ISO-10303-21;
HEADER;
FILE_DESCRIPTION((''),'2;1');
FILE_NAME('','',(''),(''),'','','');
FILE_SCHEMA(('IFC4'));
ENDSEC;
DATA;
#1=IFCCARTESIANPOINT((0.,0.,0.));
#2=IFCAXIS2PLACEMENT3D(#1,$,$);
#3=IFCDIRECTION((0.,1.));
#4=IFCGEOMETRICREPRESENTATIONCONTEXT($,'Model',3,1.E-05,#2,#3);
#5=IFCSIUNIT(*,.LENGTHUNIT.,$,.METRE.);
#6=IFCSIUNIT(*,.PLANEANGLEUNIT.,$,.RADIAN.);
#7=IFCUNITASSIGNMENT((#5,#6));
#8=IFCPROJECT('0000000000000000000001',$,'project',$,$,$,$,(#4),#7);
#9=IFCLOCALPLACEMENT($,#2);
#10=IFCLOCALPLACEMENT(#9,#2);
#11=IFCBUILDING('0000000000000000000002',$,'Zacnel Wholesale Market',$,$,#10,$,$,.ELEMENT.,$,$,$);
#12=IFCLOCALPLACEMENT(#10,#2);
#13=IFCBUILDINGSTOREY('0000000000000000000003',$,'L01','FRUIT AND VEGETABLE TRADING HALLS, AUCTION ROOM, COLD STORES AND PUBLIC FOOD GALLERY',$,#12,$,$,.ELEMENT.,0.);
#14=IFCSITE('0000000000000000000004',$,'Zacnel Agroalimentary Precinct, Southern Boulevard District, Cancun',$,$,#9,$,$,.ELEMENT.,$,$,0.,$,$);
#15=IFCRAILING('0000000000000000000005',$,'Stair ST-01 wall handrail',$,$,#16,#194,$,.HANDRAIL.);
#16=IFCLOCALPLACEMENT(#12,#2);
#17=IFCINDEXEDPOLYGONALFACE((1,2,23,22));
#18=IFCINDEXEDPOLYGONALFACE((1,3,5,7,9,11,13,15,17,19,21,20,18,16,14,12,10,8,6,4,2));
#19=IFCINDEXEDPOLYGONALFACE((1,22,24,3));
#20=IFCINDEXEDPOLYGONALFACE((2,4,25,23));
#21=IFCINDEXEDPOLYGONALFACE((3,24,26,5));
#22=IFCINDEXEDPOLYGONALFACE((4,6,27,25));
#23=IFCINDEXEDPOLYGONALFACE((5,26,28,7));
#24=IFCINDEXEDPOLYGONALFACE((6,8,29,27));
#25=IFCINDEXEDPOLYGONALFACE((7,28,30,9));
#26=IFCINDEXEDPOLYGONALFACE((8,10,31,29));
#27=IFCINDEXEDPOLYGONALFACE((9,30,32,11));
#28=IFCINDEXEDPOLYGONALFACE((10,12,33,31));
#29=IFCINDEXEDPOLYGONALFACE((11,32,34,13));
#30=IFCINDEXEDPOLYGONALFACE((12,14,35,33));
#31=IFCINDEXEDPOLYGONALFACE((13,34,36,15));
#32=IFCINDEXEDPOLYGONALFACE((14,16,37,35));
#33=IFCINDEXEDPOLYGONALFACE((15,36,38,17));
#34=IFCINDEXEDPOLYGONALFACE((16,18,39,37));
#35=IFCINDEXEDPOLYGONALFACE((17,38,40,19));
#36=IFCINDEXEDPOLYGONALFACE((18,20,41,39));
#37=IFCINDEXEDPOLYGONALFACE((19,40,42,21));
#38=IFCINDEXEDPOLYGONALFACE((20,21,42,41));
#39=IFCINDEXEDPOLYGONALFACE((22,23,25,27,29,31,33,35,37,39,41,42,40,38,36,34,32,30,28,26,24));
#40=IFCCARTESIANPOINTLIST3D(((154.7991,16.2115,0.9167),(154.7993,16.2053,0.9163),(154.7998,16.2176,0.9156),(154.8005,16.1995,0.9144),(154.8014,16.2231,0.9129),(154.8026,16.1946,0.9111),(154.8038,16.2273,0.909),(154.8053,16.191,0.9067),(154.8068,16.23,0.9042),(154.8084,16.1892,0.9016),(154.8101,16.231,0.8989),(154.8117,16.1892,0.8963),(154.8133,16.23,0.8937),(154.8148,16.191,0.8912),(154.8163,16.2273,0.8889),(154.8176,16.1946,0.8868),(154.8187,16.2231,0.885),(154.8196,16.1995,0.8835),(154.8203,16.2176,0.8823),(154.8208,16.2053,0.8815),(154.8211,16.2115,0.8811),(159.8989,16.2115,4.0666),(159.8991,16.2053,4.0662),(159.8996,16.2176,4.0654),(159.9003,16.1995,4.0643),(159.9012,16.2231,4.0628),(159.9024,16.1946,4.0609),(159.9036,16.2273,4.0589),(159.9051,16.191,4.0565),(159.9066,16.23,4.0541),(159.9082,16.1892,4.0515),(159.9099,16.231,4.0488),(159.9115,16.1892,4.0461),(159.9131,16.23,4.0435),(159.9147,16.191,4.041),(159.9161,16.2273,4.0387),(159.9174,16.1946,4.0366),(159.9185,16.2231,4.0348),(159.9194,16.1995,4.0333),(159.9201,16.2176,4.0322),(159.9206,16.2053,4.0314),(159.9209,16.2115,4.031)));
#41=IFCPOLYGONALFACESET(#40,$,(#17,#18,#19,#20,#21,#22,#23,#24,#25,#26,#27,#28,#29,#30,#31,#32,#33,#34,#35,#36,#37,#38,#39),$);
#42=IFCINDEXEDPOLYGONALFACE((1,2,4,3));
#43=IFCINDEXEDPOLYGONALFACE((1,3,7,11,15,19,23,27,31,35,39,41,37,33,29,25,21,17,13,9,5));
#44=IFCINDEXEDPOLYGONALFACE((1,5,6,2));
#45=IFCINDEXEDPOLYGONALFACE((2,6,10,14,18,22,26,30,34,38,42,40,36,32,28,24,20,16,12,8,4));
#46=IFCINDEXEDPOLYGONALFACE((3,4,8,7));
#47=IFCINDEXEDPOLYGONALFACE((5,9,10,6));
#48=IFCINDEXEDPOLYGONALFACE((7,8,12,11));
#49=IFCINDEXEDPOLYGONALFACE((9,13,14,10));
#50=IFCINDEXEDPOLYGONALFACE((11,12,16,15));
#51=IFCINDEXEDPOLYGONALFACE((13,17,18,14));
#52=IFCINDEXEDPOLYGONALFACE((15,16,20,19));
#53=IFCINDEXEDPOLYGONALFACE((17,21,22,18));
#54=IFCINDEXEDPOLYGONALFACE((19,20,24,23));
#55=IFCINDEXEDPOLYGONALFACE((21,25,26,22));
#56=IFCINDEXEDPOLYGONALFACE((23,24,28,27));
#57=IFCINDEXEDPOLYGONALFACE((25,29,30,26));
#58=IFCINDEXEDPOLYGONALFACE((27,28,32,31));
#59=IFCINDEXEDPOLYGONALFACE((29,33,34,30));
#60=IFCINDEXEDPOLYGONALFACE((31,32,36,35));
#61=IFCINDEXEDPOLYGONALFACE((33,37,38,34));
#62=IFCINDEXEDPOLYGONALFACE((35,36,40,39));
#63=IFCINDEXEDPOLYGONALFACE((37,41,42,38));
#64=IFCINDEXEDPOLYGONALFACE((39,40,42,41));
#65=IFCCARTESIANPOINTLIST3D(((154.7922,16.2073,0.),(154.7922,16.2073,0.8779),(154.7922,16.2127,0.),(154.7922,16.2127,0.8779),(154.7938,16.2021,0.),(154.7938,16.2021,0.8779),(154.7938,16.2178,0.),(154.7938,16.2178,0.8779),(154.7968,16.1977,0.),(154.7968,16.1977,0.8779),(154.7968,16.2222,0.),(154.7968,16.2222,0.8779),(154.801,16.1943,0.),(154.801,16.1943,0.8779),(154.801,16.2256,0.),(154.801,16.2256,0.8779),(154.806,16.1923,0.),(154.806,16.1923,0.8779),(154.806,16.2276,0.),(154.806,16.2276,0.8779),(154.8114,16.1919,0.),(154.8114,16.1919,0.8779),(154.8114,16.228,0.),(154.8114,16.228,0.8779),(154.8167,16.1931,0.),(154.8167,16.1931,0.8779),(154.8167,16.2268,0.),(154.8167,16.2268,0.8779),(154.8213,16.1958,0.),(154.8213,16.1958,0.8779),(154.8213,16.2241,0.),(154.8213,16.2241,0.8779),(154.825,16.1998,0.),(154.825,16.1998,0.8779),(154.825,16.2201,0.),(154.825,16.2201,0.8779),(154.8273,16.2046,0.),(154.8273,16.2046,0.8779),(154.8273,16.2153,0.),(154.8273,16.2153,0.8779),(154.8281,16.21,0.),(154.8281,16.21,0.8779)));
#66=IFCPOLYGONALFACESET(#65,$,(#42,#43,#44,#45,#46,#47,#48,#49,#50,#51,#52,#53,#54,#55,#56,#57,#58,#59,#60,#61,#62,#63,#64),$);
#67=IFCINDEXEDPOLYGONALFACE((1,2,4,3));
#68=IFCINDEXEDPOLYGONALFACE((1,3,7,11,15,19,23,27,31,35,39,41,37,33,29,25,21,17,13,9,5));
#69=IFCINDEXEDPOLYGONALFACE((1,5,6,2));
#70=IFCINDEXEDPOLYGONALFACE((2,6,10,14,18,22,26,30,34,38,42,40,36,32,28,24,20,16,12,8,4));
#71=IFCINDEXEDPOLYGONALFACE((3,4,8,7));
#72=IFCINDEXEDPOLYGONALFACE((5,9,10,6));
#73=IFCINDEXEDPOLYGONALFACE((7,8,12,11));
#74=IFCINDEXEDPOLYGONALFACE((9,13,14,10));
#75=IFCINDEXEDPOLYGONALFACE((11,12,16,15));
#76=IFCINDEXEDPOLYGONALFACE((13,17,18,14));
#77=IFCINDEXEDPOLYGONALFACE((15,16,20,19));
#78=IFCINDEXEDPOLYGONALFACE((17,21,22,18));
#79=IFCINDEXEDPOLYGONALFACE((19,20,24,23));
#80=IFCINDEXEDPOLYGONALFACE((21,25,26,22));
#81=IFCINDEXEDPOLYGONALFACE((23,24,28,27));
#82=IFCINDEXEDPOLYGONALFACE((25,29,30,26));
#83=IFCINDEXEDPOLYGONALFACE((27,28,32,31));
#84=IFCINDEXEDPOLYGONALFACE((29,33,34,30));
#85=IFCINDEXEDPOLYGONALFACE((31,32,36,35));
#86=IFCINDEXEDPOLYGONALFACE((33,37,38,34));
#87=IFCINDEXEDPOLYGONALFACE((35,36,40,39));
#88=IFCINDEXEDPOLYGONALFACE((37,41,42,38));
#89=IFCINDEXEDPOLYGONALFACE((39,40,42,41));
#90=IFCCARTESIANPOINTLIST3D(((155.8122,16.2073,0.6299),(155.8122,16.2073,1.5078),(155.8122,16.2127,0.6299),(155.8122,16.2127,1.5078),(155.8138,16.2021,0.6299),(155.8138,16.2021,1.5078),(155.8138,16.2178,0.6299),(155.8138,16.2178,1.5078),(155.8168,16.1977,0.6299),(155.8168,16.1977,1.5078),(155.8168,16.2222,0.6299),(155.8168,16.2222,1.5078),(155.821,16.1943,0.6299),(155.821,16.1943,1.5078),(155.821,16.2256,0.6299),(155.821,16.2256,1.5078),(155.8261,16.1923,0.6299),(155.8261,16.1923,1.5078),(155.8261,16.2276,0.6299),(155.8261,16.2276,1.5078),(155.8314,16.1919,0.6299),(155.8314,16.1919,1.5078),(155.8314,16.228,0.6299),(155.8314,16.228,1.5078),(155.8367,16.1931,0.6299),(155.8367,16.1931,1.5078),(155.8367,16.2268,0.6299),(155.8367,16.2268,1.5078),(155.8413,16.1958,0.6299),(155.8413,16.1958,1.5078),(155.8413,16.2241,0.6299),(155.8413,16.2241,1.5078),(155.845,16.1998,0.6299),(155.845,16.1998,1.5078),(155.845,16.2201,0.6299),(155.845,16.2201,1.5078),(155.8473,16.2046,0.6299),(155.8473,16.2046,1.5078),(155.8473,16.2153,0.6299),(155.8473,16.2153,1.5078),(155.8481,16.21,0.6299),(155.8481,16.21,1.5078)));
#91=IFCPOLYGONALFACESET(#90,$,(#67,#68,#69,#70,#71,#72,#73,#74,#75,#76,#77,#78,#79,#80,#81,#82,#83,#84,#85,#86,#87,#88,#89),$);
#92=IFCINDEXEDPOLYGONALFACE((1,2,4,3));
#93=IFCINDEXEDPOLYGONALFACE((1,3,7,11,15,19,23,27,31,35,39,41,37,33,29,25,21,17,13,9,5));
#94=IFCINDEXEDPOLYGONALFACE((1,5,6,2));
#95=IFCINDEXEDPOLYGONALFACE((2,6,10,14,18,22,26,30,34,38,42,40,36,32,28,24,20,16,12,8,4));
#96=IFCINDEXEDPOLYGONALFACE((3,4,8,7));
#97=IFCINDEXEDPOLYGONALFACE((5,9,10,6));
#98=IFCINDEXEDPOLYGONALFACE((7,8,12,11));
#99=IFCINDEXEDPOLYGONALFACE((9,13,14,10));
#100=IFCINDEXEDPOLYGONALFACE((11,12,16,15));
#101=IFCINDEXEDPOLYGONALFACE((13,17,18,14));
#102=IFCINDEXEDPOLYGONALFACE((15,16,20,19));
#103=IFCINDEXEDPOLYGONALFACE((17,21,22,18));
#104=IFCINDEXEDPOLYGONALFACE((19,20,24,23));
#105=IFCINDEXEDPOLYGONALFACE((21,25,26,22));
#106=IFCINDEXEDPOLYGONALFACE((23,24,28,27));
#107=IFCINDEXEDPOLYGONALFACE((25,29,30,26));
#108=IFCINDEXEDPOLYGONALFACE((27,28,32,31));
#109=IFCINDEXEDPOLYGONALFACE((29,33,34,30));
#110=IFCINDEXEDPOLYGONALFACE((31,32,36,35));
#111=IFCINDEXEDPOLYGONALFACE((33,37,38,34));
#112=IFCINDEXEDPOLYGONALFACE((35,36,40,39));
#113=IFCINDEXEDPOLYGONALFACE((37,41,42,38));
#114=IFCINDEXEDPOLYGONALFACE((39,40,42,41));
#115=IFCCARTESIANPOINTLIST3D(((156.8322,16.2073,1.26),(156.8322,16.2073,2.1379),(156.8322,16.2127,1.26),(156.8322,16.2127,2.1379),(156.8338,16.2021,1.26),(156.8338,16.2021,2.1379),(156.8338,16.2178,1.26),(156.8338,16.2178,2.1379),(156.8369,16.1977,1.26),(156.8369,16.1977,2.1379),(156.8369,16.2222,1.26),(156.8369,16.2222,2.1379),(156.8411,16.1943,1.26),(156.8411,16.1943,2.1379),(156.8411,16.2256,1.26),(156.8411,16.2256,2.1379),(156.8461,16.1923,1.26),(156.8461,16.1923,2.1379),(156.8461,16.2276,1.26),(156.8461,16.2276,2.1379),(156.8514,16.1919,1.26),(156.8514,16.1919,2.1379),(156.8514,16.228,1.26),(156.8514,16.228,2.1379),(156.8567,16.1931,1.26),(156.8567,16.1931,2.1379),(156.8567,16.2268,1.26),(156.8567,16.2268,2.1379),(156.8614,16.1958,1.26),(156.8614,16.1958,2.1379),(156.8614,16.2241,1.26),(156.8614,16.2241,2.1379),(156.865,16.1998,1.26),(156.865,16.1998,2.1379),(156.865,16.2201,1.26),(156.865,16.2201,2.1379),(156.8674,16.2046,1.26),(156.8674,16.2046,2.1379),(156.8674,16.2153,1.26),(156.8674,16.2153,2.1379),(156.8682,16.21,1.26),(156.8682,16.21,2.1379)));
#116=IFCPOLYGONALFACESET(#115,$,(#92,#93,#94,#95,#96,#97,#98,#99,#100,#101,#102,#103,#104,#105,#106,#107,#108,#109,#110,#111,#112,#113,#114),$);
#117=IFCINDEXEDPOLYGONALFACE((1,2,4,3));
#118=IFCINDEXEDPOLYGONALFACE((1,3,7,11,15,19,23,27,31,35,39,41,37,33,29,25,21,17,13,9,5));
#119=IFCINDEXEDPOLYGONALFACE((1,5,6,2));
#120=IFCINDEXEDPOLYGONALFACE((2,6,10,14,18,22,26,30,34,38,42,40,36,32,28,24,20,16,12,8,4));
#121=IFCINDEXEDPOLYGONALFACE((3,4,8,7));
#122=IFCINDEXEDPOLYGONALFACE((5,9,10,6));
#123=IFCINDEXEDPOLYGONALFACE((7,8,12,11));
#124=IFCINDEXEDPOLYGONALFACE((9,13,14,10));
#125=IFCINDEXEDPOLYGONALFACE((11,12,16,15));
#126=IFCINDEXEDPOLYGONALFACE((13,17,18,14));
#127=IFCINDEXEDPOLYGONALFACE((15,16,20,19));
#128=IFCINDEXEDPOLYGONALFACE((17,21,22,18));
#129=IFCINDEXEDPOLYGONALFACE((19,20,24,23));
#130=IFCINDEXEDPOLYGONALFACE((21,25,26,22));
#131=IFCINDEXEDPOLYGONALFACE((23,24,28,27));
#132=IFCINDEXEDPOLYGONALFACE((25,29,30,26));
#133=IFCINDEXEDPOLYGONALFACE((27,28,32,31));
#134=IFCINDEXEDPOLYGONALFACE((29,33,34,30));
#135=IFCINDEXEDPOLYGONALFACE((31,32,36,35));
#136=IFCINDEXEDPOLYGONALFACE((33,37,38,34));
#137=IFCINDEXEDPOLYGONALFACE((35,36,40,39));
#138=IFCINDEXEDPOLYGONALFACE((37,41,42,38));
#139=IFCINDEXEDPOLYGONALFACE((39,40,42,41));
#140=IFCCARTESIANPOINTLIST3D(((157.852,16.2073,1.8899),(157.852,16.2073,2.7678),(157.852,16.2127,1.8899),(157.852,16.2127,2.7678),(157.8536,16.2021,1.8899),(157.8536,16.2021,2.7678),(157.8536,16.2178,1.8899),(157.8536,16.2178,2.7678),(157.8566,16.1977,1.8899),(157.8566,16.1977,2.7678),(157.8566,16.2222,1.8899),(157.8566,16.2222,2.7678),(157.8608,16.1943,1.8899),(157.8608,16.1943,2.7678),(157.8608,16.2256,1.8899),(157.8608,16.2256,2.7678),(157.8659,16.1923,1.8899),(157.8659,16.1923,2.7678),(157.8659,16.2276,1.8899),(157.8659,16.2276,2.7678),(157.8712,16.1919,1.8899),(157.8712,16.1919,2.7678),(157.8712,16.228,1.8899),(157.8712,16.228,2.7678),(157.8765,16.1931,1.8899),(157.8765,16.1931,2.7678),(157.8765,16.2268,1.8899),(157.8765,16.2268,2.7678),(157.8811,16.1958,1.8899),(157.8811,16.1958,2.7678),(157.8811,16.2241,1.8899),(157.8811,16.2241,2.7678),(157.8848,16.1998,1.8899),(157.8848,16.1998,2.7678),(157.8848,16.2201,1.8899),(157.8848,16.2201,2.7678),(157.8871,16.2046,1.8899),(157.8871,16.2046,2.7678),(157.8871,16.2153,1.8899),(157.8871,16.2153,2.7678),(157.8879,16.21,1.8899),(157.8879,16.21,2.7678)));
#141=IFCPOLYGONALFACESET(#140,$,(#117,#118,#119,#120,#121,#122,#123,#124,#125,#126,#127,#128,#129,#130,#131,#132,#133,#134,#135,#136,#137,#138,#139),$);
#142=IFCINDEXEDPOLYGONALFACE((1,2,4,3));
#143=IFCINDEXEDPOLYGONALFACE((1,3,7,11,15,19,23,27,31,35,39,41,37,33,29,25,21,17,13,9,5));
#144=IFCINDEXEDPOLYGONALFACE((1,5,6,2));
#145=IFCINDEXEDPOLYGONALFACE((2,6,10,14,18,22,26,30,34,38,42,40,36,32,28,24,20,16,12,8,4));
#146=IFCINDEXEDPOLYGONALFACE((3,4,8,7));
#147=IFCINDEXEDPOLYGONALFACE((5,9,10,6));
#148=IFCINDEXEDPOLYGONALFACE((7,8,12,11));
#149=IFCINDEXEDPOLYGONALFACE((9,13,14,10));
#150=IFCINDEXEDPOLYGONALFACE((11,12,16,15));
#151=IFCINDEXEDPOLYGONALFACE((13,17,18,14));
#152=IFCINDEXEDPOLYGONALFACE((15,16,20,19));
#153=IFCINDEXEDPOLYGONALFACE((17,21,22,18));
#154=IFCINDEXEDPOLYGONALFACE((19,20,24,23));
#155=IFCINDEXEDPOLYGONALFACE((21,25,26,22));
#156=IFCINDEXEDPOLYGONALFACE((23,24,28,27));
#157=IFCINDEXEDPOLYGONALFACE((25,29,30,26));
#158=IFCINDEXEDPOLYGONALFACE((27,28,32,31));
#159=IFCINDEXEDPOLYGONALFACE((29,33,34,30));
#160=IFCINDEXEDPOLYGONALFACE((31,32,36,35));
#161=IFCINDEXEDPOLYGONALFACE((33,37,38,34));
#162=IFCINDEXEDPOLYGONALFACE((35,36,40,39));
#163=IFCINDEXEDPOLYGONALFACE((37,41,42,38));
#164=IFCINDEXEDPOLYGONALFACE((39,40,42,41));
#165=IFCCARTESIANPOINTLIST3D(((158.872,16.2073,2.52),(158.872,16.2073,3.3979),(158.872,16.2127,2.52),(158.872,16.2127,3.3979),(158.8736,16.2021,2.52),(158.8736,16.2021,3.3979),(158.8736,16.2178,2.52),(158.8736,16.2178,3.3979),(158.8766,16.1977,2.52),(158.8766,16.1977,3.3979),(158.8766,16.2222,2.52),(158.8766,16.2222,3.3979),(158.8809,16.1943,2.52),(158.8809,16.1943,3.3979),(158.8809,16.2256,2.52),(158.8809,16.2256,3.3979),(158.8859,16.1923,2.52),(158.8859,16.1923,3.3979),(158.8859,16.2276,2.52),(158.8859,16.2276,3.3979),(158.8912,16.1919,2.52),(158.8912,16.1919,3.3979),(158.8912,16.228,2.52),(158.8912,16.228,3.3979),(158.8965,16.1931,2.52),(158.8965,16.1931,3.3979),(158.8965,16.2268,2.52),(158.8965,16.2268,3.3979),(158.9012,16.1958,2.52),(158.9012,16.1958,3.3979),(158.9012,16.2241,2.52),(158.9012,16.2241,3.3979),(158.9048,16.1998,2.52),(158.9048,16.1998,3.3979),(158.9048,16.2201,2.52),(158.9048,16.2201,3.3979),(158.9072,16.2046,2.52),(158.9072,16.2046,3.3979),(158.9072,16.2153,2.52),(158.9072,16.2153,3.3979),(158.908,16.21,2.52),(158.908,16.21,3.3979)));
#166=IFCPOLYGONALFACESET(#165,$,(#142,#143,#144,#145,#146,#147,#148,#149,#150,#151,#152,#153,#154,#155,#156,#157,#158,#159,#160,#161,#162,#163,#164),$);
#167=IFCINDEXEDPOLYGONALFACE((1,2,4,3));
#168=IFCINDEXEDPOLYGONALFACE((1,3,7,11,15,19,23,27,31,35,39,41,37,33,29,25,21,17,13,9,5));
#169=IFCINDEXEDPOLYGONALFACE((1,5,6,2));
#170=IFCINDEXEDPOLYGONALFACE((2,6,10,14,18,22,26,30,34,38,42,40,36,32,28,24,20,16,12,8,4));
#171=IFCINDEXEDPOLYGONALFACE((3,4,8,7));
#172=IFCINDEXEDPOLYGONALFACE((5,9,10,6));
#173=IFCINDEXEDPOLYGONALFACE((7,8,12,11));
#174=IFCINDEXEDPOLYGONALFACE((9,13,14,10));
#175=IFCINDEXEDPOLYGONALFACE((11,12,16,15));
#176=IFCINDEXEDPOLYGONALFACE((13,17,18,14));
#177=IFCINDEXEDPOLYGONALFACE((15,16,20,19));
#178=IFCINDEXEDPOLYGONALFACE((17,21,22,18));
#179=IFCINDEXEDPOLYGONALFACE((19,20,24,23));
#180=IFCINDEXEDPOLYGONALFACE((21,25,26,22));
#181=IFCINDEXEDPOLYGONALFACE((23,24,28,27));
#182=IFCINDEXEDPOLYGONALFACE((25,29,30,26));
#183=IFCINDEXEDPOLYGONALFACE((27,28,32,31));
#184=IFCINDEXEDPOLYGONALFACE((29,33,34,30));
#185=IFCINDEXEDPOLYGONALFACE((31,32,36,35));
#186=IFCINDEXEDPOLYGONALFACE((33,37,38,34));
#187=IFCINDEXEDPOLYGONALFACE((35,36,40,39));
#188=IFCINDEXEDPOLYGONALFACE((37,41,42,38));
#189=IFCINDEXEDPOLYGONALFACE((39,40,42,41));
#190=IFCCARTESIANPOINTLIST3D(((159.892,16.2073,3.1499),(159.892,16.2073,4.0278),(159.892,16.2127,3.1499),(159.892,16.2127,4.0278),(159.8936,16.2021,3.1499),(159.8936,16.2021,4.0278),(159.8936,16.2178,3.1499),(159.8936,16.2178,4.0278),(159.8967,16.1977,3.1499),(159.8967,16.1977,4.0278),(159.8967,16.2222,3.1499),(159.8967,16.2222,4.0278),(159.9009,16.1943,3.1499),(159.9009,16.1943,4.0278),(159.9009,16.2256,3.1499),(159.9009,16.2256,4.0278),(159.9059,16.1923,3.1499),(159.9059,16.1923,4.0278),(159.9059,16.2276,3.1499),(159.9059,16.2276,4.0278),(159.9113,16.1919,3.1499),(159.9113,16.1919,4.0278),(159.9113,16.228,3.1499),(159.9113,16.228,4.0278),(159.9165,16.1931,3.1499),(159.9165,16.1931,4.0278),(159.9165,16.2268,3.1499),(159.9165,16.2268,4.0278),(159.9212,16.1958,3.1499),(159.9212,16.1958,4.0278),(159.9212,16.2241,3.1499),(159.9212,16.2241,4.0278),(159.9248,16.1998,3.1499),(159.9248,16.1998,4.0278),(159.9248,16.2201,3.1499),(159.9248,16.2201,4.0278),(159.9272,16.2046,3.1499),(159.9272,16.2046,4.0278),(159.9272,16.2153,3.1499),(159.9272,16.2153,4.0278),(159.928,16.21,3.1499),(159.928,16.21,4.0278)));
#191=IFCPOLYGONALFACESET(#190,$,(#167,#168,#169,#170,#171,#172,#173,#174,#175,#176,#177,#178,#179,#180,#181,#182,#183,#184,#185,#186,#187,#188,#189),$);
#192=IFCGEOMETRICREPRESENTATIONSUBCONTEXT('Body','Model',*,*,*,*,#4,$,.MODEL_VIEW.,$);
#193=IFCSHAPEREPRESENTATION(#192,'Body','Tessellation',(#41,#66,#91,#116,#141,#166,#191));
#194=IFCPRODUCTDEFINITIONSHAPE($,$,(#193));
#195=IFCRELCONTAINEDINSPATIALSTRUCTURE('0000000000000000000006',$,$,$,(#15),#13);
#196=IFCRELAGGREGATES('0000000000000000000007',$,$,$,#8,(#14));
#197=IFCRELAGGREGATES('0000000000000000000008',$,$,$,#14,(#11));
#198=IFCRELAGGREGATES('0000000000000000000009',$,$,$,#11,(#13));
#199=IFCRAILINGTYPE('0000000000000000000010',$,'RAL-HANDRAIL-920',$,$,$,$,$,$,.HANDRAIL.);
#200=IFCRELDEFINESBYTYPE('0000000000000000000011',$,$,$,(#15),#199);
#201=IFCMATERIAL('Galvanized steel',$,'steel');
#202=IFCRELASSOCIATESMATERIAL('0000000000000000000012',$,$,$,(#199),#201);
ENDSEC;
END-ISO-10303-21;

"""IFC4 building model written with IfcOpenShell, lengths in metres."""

from ifc_helpers import new_model, si_unit, direction, frame, origin, origin_2d, place, context, subcontext, project, spatial, circle, extrude, material, type_object, element, save


model = new_model("IFC4")

# Units and contexts
model_context = context("Model", 3, precision=1e-05, world=origin(), true_north=direction((0.0, 1.0)))
body_context = subcontext(model_context, "Body", "Model", "MODEL_VIEW")
ifc_project = project(units=[si_unit("LENGTHUNIT", "METRE"), si_unit("PLANEANGLEUNIT", "RADIAN")], contexts=[model_context])

# Site, building, storey
site_placement = place(None, origin())
site = spatial("IfcSite", under=ifc_project, at=site_placement, Name="Zacnel Agroalimentary Precinct, Southern Boulevard District, Cancun", CompositionType="ELEMENT", RefElevation=0.0)
building_placement = place(site_placement, origin())
building = spatial("IfcBuilding", under=site, at=building_placement, Name="Zacnel Wholesale Market", CompositionType="ELEMENT")
storey_placement = place(building_placement, origin())
storey = spatial("IfcBuildingStorey", under=building, at=storey_placement, Name="L01", Description="FRUIT AND VEGETABLE TRADING HALLS, AUCTION ROOM, COLD STORES AND PUBLIC FOOD GALLERY", CompositionType="ELEMENT", Elevation=0.0)

# Railing
ifc_material_1 = material(Name="Galvanized steel", Category="steel")
railing_type_1 = type_object("IfcRailingType", Name="RAL-HANDRAIL-920", PredefinedType="HANDRAIL", material=ifc_material_1)
railing_1_placement = place(storey_placement, frame((154.8101, 16.21, 0.0)))
element("IfcRailing", 1, at=railing_1_placement, inside=storey, type_object=railing_type_1, Name="Stair ST-01 wall handrail", PredefinedType="HANDRAIL", context=body_context, shape_type="SweptSolid", body=[
    extrude(circle(Radius=0.021, at=origin_2d()), frame((0.0, 0.0, 0.8989), z_axis=(0.850799, 0.0, 0.525492), x_axis=(0.0, 1.0, 0.0)), (0.0, 0.0, 1.0), 5.9941),
    extrude(circle(Radius=0.0181, at=origin_2d()), origin(), (0.0, 0.0, 1.0), 0.8779),
    extrude(circle(Radius=0.0181, at=origin_2d()), frame((1.02, 0.0, 0.6299)), (0.0, 0.0, 1.0), 0.8779),
    extrude(circle(Radius=0.0181, at=origin_2d()), frame((2.04, 0.0, 1.26)), (0.0, 0.0, 1.0), 0.8779),
    extrude(circle(Radius=0.0181, at=origin_2d()), frame((3.0598, 0.0, 1.8899)), (0.0, 0.0, 1.0), 0.8779),
    extrude(circle(Radius=0.0181, at=origin_2d()), frame((4.0798, 0.0, 2.52)), (0.0, 0.0, 1.0), 0.8779),
    extrude(circle(Radius=0.0181, at=origin_2d()), frame((5.0999, 0.0, 3.1499)), (0.0, 0.0, 1.0), 0.8779),
])

save(model, "model.ifc")
